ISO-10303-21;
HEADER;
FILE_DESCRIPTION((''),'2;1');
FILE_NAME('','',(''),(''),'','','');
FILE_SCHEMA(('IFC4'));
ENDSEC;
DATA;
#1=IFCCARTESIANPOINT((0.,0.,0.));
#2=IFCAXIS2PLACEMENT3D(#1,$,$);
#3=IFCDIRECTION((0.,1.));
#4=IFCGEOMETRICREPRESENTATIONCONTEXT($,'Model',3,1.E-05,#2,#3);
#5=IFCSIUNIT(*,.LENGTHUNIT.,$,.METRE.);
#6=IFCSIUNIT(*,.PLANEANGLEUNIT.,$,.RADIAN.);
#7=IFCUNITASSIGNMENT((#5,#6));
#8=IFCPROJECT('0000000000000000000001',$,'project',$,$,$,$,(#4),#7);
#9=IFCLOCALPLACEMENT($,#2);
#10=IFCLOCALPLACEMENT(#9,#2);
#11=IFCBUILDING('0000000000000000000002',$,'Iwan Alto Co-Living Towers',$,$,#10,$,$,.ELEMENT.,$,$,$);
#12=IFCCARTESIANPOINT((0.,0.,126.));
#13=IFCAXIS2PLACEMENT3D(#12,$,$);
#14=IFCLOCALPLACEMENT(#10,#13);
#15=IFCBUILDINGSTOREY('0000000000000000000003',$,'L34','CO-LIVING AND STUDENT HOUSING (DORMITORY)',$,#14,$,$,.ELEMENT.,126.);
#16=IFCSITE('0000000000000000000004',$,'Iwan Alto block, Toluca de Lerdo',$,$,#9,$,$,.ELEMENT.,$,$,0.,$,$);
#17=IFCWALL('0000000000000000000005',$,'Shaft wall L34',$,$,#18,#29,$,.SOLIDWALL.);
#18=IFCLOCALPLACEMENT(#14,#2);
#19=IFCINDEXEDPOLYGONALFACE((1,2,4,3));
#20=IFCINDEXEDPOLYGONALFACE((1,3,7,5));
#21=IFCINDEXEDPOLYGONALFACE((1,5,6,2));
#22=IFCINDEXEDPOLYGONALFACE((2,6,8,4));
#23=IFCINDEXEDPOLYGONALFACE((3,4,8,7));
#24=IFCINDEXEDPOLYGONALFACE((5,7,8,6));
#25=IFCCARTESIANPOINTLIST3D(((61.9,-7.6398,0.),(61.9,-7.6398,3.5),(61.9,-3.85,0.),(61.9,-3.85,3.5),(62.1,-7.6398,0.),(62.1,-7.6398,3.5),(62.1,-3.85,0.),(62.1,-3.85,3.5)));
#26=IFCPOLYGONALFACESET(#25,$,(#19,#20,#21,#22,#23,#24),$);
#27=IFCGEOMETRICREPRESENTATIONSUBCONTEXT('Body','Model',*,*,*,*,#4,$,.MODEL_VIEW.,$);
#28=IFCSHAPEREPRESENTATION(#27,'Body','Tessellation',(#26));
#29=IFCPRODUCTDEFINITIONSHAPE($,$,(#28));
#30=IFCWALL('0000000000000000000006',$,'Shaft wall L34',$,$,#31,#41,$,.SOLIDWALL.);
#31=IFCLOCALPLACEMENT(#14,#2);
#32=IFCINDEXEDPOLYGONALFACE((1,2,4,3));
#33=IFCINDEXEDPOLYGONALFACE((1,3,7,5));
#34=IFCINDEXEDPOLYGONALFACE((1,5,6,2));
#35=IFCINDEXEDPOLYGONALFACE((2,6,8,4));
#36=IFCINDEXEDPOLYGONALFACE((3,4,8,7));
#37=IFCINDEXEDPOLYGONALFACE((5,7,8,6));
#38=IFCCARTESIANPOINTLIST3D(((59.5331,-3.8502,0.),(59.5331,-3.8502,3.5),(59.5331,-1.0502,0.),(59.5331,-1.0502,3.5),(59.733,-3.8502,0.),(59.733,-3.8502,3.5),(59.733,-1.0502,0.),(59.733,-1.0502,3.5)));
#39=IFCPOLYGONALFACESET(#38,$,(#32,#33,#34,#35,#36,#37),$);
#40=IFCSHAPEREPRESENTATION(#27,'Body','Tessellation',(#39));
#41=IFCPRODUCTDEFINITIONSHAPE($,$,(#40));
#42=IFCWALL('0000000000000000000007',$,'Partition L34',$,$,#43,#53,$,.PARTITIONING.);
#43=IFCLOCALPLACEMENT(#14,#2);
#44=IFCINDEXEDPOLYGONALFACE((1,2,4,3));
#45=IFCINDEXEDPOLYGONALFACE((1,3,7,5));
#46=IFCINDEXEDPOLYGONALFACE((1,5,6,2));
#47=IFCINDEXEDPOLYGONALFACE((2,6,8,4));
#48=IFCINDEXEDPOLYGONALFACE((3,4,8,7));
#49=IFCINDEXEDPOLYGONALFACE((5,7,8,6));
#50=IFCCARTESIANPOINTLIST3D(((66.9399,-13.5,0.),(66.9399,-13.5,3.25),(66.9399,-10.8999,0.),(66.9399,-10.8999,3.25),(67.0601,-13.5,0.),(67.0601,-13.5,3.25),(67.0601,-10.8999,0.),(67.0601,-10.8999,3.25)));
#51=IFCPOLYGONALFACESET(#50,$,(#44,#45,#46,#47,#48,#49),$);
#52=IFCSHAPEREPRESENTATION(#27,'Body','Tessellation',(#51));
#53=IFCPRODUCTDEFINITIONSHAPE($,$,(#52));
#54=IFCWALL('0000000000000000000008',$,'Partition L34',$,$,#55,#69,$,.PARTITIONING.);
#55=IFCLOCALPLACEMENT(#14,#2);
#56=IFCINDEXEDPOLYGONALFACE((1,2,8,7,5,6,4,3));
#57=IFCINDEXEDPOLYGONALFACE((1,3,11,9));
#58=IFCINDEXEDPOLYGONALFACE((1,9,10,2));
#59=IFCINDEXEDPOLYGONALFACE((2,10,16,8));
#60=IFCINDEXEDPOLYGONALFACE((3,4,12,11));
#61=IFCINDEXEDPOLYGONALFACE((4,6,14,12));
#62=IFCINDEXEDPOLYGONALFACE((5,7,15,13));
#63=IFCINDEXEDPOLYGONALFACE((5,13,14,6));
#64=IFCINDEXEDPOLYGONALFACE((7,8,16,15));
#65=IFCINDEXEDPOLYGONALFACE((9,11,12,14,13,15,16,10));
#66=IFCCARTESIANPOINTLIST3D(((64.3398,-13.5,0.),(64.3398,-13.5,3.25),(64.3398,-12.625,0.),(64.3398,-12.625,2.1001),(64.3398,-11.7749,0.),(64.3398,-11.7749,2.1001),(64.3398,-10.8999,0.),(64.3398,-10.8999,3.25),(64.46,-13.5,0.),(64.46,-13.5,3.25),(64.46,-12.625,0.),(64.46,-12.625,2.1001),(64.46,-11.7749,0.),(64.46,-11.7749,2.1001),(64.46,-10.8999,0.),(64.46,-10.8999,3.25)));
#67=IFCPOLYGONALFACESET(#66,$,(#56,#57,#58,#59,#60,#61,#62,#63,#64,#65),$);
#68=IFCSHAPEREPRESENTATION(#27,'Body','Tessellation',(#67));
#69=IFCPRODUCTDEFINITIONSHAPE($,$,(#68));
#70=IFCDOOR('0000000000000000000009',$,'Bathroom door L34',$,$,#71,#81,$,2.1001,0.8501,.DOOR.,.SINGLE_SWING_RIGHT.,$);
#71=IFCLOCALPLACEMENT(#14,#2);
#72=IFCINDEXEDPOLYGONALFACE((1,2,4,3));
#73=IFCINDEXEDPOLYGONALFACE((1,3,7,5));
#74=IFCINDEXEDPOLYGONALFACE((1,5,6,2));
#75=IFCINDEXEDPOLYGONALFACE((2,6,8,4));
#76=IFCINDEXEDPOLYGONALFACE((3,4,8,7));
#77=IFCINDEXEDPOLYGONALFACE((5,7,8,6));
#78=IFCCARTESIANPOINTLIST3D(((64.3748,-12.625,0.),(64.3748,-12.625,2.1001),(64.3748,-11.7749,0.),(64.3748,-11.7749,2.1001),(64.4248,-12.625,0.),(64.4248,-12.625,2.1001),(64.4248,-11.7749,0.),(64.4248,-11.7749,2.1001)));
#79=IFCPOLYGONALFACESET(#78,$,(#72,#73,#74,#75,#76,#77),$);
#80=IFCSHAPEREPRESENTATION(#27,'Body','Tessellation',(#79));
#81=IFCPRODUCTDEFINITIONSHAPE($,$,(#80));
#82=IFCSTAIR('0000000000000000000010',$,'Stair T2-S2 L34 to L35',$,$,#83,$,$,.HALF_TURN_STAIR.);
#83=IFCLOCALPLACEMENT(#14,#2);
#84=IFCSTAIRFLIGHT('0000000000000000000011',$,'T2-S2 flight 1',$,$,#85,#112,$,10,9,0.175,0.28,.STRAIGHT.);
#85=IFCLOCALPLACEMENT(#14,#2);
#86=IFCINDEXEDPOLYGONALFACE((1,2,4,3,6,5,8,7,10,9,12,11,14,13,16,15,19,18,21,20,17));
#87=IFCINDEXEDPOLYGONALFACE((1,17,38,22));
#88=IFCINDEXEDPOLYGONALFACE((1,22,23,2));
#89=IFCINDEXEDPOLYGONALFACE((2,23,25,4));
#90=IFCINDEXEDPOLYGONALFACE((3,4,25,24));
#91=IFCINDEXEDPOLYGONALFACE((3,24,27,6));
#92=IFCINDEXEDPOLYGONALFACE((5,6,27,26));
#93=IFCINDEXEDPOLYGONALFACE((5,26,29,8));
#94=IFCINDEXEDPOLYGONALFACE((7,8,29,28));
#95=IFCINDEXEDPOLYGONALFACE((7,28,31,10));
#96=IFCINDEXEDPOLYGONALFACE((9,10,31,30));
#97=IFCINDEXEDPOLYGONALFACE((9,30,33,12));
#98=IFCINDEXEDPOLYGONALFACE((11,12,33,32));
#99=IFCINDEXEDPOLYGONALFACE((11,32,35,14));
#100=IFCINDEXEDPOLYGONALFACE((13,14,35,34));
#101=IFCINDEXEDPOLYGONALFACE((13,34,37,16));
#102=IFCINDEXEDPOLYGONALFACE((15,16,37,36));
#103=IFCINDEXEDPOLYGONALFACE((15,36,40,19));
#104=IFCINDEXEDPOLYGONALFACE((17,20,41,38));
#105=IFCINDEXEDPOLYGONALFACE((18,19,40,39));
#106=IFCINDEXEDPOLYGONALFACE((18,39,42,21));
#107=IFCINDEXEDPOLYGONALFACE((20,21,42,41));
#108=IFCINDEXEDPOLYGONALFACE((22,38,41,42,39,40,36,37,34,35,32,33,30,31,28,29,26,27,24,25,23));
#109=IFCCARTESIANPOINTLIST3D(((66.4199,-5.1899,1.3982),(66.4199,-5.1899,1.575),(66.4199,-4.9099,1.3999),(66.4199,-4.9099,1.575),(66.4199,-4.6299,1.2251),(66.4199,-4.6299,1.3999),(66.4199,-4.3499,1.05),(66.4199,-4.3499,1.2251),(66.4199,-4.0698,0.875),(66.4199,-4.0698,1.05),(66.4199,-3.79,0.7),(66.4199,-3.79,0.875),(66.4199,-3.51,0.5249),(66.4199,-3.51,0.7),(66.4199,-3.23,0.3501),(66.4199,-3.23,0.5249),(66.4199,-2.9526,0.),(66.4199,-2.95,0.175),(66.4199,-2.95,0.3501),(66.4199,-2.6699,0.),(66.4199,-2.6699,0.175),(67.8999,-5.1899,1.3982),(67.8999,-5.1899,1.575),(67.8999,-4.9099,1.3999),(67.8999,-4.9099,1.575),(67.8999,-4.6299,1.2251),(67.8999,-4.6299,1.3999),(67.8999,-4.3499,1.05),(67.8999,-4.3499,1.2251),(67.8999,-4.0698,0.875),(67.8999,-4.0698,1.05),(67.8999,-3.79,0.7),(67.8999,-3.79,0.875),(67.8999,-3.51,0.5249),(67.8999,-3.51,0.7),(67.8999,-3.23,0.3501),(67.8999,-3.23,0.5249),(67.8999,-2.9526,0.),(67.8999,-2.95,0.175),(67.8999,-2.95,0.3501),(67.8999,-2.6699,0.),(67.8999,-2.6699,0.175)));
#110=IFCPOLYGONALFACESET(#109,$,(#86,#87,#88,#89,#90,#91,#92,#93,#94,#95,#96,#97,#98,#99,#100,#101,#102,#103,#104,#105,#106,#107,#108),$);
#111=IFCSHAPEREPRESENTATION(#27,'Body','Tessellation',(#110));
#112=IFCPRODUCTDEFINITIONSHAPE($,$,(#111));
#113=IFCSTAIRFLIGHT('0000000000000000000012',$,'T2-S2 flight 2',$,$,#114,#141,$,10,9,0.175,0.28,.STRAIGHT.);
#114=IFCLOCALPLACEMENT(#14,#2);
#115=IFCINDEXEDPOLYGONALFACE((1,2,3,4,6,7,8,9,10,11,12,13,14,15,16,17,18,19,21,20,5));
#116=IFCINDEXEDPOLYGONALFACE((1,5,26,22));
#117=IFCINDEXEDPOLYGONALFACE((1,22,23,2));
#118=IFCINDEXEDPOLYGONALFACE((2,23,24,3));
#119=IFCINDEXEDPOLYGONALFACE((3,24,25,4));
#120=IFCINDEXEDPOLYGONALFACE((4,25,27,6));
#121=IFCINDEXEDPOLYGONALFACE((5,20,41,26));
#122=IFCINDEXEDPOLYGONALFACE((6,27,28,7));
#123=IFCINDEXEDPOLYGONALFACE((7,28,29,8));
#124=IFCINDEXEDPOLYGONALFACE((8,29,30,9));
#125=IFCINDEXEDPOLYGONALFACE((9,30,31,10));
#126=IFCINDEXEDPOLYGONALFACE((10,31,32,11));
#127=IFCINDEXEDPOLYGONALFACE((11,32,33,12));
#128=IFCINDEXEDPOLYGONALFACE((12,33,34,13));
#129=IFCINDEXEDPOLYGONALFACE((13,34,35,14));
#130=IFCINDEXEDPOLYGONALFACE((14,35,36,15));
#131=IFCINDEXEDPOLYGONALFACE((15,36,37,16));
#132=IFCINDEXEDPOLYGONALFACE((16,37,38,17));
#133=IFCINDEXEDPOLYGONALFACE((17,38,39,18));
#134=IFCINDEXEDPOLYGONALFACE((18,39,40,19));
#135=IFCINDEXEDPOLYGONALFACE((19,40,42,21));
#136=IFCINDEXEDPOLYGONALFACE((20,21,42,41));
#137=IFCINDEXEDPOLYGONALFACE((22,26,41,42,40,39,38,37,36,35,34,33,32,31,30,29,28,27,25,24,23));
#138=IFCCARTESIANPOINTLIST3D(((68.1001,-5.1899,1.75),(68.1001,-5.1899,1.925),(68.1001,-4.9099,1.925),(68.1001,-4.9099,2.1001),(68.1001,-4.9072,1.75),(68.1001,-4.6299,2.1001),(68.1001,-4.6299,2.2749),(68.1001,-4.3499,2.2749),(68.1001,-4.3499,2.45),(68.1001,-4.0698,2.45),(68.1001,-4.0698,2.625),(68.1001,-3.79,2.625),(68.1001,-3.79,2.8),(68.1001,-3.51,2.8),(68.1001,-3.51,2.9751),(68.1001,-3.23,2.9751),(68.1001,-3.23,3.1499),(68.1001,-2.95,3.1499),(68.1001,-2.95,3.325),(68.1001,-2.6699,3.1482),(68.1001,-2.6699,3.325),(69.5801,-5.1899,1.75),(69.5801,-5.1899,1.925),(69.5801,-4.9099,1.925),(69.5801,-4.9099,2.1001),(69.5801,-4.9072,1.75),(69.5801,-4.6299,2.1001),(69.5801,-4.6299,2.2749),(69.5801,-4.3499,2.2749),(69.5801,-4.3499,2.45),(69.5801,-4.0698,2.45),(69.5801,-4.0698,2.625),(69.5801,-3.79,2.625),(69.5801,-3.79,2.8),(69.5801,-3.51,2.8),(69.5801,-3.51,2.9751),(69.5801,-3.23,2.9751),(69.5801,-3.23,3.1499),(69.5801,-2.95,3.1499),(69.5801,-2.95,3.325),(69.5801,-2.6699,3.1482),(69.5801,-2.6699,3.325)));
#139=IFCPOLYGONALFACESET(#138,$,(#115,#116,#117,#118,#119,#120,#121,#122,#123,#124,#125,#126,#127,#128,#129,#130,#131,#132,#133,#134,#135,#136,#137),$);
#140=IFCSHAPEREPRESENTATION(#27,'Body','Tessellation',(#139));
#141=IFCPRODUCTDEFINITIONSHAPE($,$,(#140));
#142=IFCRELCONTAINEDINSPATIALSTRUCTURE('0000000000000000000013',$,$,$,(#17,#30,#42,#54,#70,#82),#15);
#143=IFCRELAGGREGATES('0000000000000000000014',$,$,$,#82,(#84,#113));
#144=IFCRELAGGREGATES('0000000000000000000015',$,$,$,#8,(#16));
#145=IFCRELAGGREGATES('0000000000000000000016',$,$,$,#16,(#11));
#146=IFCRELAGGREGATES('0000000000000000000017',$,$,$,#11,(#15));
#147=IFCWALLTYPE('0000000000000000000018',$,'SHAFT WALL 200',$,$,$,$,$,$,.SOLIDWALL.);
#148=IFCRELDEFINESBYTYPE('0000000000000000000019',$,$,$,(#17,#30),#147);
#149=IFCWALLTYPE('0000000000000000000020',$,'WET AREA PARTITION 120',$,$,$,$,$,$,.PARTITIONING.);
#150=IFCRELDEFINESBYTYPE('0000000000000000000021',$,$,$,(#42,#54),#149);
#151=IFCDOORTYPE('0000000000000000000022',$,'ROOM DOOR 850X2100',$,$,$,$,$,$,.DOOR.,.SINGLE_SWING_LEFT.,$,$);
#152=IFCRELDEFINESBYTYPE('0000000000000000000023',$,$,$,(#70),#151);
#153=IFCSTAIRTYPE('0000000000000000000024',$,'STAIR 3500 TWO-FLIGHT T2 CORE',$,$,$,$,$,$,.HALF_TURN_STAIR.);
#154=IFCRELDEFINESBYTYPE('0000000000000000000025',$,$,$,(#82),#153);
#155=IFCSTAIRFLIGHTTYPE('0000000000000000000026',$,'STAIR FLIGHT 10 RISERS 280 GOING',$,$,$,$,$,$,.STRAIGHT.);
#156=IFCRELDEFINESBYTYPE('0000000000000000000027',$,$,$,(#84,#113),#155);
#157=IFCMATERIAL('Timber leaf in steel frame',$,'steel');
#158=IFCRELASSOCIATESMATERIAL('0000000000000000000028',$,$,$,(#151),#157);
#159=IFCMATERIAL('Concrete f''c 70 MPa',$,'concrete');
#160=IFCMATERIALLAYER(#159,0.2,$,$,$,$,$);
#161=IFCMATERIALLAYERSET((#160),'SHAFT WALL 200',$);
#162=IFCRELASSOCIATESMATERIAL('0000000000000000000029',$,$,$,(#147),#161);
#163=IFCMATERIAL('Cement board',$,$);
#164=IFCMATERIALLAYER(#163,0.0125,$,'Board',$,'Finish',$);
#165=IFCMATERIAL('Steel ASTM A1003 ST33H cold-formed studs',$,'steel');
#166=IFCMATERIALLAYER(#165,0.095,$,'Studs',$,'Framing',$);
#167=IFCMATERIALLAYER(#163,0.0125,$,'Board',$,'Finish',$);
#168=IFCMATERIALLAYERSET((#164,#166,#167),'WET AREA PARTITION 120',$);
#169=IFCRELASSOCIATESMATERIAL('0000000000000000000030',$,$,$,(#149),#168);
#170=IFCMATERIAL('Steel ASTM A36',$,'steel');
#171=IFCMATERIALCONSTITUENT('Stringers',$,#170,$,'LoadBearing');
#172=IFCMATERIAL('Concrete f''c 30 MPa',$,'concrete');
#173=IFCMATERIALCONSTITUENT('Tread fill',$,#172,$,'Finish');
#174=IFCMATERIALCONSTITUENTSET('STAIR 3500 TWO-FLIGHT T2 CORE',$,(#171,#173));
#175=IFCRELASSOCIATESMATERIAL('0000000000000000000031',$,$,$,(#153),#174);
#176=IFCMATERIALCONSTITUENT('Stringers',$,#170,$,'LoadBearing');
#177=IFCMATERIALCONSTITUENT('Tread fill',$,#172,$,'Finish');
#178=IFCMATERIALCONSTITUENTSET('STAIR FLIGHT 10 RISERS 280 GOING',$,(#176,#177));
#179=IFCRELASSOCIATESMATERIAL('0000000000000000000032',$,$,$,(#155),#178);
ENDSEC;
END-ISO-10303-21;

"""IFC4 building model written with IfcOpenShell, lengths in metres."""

from ifc_helpers import new_model, si_unit, direction, frame, frame_2d, origin, place, context, subcontext, project, spatial, polyline, rectangle, outline, extrude, material, layer, layer_set, constituent, constituent_set, type_object, element, fill, aggregate, save


model = new_model("IFC4")

# Units and contexts
model_context = context("Model", 3, precision=1e-05, world=origin(), true_north=direction((0.0, 1.0)))
body_context = subcontext(model_context, "Body", "Model", "MODEL_VIEW")
ifc_project = project(units=[si_unit("LENGTHUNIT", "METRE"), si_unit("PLANEANGLEUNIT", "RADIAN")], contexts=[model_context])

# Site, building, storey
site_placement = place(None, origin())
site = spatial("IfcSite", under=ifc_project, at=site_placement, Name="Iwan Alto block, Toluca de Lerdo", CompositionType="ELEMENT", RefElevation=0.0)
building_placement = place(site_placement, origin())
building = spatial("IfcBuilding", under=site, at=building_placement, Name="Iwan Alto Co-Living Towers", CompositionType="ELEMENT")
storey_placement = place(building_placement, frame((0.0, 0.0, 126.0)))
storey = spatial("IfcBuildingStorey", under=building, at=storey_placement, Name="L34", Description="CO-LIVING AND STUDENT HOUSING (DORMITORY)", CompositionType="ELEMENT", Elevation=126.0)

# Shared definitions
ifc_material_1 = material(Name="Steel ASTM A1003 ST33H cold-formed studs", Category="steel")
ifc_material_2 = material(Name="Timber leaf in steel frame", Category="steel")
door_type_1 = type_object("IfcDoorType", Name="ROOM DOOR 850X2100", OperationType="SINGLE_SWING_LEFT", PredefinedType="DOOR", material=ifc_material_2)

# Shared definitions
ifc_material_3 = material(Name="Concrete f'c 70 MPa", Category="concrete")
ifc_layer_1 = layer(ifc_material_3, 0.2)
ifc_layer_set_1 = layer_set([ifc_layer_1], Name="SHAFT WALL 200")
wall_type_1 = type_object("IfcWallType", Name="SHAFT WALL 200", PredefinedType="SOLIDWALL", material=ifc_layer_set_1)

# Walls
wall_1_placement = place(storey_placement, frame((62.0, -7.6399, 0.0), z_axis=(0.0, 0.0, 1.0), x_axis=(0.0, 1.0, 0.0)))
element("IfcWall", 1, at=wall_1_placement, inside=storey, type_object=wall_type_1, Name="Shaft wall L34", PredefinedType="SOLIDWALL", context=body_context, shape_type="SweptSolid", body=[
    extrude(rectangle(XDim=3.7898, YDim=0.2, at=frame_2d((1.895, 0.0))), origin(), (0.0, 0.0, 1.0), 3.5),
])
wall_2_placement = place(storey_placement, frame((59.6331, -3.8501, 0.0), z_axis=(0.0, 0.0, 1.0), x_axis=(0.0, 1.0, 0.0)))
element("IfcWall", 2, at=wall_2_placement, inside=storey, type_object=wall_type_1, Name="Shaft wall L34", PredefinedType="SOLIDWALL", context=body_context, shape_type="SweptSolid", body=[
    extrude(rectangle(XDim=2.8, YDim=0.2, at=frame_2d((1.3999, 0.0))), origin(), (0.0, 0.0, 1.0), 3.5),
])
ifc_material_4 = material(Name="Cement board")
ifc_layer_2 = layer(ifc_material_4, 0.0125, Name="Board", Category="Finish")
ifc_layer_3 = layer(ifc_material_1, 0.095, Name="Studs", Category="Framing")
ifc_layer_4 = layer(ifc_material_4, 0.0125, Name="Board", Category="Finish")
ifc_layer_set_2 = layer_set([ifc_layer_2, ifc_layer_3, ifc_layer_4], Name="WET AREA PARTITION 120")
wall_type_2 = type_object("IfcWallType", Name="WET AREA PARTITION 120", PredefinedType="PARTITIONING", material=ifc_layer_set_2)
wall_3_placement = place(storey_placement, frame((67.0, -13.5, 0.0), z_axis=(0.0, 0.0, 1.0), x_axis=(0.0, 1.0, 0.0)))
element("IfcWall", 3, at=wall_3_placement, inside=storey, type_object=wall_type_2, Name="Partition L34", PredefinedType="PARTITIONING", context=body_context, shape_type="SweptSolid", body=[
    extrude(rectangle(XDim=2.6001, YDim=0.1201, at=frame_2d((1.3, 0.0))), origin(), (0.0, 0.0, 1.0), 3.25),
])

# Wall, opening, door
wall_4_placement = place(storey_placement, frame((64.3999, -13.5, 0.0), z_axis=(0.0, 0.0, 1.0), x_axis=(0.0, 1.0, 0.0)))
wall_4 = element("IfcWall", 4, at=wall_4_placement, inside=storey, type_object=wall_type_2, Name="Partition L34", PredefinedType="PARTITIONING", context=body_context, shape_type="SweptSolid", body=[
    extrude(rectangle(XDim=2.6001, YDim=0.1201, at=frame_2d((1.3, 0.0))), origin(), (0.0, 0.0, 1.0), 3.25),
])
opening_1_placement = place(wall_4_placement, frame((0.875, 0.0, 0.0)))
opening_1 = element("IfcOpeningElement", 5, at=opening_1_placement, cuts=wall_4, PredefinedType="OPENING", context=body_context, shape_type="SweptSolid", body=[
    extrude(rectangle(XDim=0.8501, YDim=2.1001, at=frame_2d((0.425, 1.05))), frame((0.0, 0.0701, 0.0), z_axis=(0.0, -1.0, 0.0), x_axis=(1.0, 0.0, 0.0)), (0.0, 0.0, 1.0), 0.1401),
])
door_1_placement = place(opening_1_placement, frame((0.8501, 0.0, 0.0), z_axis=(0.0, 0.0, 1.0), x_axis=(-1.0, 0.0, 0.0)))
door_1 = element("IfcDoor", 6, at=door_1_placement, inside=storey, type_object=door_type_1, Name="Bathroom door L34", OperationType="SINGLE_SWING_RIGHT", OverallHeight=2.1001, OverallWidth=0.8501, PredefinedType="DOOR", context=body_context, shape_type="SweptSolid", body=[
    extrude(rectangle(XDim=0.8501, YDim=2.1001, at=frame_2d((0.425, 1.05))), frame((0.0, 0.0249, 0.0), z_axis=(0.0, -1.0, 0.0), x_axis=(1.0, 0.0, 0.0)), (0.0, 0.0, 1.0), 0.05),
])
fill(opening_1, door_1)

# Stair, stair flights
ifc_material_5 = material(Name="Steel ASTM A36", Category="steel")
ifc_constituent_1 = constituent(ifc_material_5, Name="Stringers", Category="LoadBearing")
ifc_material_6 = material(Name="Concrete f'c 30 MPa", Category="concrete")
ifc_constituent_2 = constituent(ifc_material_6, Name="Tread fill", Category="Finish")
ifc_constituent_set_1 = constituent_set(constituents=[ifc_constituent_1, ifc_constituent_2], Name="STAIR 3500 TWO-FLIGHT T2 CORE")
stair_type = type_object("IfcStairType", Name="STAIR 3500 TWO-FLIGHT T2 CORE", PredefinedType="HALF_TURN_STAIR", material=ifc_constituent_set_1)
stair_placement = place(storey_placement, origin())
stair = element("IfcStair", 7, at=stair_placement, inside=storey, type_object=stair_type, Name="Stair T2-S2 L34 to L35", PredefinedType="HALF_TURN_STAIR")
ifc_constituent_3 = constituent(ifc_material_5, Name="Stringers", Category="LoadBearing")
ifc_constituent_4 = constituent(ifc_material_6, Name="Tread fill", Category="Finish")
ifc_constituent_set_2 = constituent_set(constituents=[ifc_constituent_3, ifc_constituent_4], Name="STAIR FLIGHT 10 RISERS 280 GOING")
stair_flight_type = type_object("IfcStairFlightType", Name="STAIR FLIGHT 10 RISERS 280 GOING", PredefinedType="STRAIGHT", material=ifc_constituent_set_2)
stair_flight_1_placement = place(storey_placement, frame((67.1599, -2.6699, 0.0), z_axis=(0.0, 0.0, 1.0), x_axis=(0.0, -1.0, 0.0)))
stair_flight_1 = element("IfcStairFlight", 8, at=stair_flight_1_placement, type_object=stair_flight_type, Name="T2-S2 flight 1", NumberOfRisers=10, NumberOfTreads=9, PredefinedType="STRAIGHT", RiserHeight=0.175, TreadLength=0.28, context=body_context, shape_type="SweptSolid", body=[
    extrude(outline(polyline([(0.0, 0.0), (0.0, 0.175), (0.28, 0.175), (0.28, 0.3501), (0.5601, 0.3501), (0.5601, 0.5249), (0.8401, 0.5249), (0.8401, 0.7), (1.1201, 0.7), (1.1201, 0.875), (1.3999, 0.875), (1.3999, 1.05), (1.6799, 1.05), (1.6799, 1.2251), (1.96, 1.2251), (1.96, 1.3999), (2.24, 1.3999), (2.24, 1.575), (2.52, 1.575), (2.52, 1.75), (2.52, 1.3982), (0.2827, 0.0), (0.0, 0.0)])), frame((0.0, 0.74, 0.0), z_axis=(0.0, -1.0, 0.0), x_axis=(1.0, 0.0, 0.0)), (0.0, 0.0, 1.0), 1.48),
])
stair_flight_2_placement = place(storey_placement, frame((68.8401, -5.1899, 1.75), z_axis=(0.0, 0.0, 1.0), x_axis=(0.0, 1.0, 0.0)))
stair_flight_2 = element("IfcStairFlight", 9, at=stair_flight_2_placement, type_object=stair_flight_type, Name="T2-S2 flight 2", NumberOfRisers=10, NumberOfTreads=9, PredefinedType="STRAIGHT", RiserHeight=0.175, TreadLength=0.28, context=body_context, shape_type="SweptSolid", body=[
    extrude(outline(polyline([(0.0, 0.0), (0.0, 0.175), (0.28, 0.175), (0.28, 0.3501), (0.5601, 0.3501), (0.5601, 0.5249), (0.8401, 0.5249), (0.8401, 0.7), (1.1201, 0.7), (1.1201, 0.875), (1.3999, 0.875), (1.3999, 1.05), (1.6799, 1.05), (1.6799, 1.2251), (1.96, 1.2251), (1.96, 1.3999), (2.24, 1.3999), (2.24, 1.575), (2.52, 1.575), (2.52, 1.75), (2.52, 1.3982), (0.2827, 0.0), (0.0, 0.0)])), frame((0.0, 0.74, 0.0), z_axis=(0.0, -1.0, 0.0), x_axis=(1.0, 0.0, 0.0)), (0.0, 0.0, 1.0), 1.48),
])
aggregate(stair, [stair_flight_1, stair_flight_2])

save(model, "model.ifc")
